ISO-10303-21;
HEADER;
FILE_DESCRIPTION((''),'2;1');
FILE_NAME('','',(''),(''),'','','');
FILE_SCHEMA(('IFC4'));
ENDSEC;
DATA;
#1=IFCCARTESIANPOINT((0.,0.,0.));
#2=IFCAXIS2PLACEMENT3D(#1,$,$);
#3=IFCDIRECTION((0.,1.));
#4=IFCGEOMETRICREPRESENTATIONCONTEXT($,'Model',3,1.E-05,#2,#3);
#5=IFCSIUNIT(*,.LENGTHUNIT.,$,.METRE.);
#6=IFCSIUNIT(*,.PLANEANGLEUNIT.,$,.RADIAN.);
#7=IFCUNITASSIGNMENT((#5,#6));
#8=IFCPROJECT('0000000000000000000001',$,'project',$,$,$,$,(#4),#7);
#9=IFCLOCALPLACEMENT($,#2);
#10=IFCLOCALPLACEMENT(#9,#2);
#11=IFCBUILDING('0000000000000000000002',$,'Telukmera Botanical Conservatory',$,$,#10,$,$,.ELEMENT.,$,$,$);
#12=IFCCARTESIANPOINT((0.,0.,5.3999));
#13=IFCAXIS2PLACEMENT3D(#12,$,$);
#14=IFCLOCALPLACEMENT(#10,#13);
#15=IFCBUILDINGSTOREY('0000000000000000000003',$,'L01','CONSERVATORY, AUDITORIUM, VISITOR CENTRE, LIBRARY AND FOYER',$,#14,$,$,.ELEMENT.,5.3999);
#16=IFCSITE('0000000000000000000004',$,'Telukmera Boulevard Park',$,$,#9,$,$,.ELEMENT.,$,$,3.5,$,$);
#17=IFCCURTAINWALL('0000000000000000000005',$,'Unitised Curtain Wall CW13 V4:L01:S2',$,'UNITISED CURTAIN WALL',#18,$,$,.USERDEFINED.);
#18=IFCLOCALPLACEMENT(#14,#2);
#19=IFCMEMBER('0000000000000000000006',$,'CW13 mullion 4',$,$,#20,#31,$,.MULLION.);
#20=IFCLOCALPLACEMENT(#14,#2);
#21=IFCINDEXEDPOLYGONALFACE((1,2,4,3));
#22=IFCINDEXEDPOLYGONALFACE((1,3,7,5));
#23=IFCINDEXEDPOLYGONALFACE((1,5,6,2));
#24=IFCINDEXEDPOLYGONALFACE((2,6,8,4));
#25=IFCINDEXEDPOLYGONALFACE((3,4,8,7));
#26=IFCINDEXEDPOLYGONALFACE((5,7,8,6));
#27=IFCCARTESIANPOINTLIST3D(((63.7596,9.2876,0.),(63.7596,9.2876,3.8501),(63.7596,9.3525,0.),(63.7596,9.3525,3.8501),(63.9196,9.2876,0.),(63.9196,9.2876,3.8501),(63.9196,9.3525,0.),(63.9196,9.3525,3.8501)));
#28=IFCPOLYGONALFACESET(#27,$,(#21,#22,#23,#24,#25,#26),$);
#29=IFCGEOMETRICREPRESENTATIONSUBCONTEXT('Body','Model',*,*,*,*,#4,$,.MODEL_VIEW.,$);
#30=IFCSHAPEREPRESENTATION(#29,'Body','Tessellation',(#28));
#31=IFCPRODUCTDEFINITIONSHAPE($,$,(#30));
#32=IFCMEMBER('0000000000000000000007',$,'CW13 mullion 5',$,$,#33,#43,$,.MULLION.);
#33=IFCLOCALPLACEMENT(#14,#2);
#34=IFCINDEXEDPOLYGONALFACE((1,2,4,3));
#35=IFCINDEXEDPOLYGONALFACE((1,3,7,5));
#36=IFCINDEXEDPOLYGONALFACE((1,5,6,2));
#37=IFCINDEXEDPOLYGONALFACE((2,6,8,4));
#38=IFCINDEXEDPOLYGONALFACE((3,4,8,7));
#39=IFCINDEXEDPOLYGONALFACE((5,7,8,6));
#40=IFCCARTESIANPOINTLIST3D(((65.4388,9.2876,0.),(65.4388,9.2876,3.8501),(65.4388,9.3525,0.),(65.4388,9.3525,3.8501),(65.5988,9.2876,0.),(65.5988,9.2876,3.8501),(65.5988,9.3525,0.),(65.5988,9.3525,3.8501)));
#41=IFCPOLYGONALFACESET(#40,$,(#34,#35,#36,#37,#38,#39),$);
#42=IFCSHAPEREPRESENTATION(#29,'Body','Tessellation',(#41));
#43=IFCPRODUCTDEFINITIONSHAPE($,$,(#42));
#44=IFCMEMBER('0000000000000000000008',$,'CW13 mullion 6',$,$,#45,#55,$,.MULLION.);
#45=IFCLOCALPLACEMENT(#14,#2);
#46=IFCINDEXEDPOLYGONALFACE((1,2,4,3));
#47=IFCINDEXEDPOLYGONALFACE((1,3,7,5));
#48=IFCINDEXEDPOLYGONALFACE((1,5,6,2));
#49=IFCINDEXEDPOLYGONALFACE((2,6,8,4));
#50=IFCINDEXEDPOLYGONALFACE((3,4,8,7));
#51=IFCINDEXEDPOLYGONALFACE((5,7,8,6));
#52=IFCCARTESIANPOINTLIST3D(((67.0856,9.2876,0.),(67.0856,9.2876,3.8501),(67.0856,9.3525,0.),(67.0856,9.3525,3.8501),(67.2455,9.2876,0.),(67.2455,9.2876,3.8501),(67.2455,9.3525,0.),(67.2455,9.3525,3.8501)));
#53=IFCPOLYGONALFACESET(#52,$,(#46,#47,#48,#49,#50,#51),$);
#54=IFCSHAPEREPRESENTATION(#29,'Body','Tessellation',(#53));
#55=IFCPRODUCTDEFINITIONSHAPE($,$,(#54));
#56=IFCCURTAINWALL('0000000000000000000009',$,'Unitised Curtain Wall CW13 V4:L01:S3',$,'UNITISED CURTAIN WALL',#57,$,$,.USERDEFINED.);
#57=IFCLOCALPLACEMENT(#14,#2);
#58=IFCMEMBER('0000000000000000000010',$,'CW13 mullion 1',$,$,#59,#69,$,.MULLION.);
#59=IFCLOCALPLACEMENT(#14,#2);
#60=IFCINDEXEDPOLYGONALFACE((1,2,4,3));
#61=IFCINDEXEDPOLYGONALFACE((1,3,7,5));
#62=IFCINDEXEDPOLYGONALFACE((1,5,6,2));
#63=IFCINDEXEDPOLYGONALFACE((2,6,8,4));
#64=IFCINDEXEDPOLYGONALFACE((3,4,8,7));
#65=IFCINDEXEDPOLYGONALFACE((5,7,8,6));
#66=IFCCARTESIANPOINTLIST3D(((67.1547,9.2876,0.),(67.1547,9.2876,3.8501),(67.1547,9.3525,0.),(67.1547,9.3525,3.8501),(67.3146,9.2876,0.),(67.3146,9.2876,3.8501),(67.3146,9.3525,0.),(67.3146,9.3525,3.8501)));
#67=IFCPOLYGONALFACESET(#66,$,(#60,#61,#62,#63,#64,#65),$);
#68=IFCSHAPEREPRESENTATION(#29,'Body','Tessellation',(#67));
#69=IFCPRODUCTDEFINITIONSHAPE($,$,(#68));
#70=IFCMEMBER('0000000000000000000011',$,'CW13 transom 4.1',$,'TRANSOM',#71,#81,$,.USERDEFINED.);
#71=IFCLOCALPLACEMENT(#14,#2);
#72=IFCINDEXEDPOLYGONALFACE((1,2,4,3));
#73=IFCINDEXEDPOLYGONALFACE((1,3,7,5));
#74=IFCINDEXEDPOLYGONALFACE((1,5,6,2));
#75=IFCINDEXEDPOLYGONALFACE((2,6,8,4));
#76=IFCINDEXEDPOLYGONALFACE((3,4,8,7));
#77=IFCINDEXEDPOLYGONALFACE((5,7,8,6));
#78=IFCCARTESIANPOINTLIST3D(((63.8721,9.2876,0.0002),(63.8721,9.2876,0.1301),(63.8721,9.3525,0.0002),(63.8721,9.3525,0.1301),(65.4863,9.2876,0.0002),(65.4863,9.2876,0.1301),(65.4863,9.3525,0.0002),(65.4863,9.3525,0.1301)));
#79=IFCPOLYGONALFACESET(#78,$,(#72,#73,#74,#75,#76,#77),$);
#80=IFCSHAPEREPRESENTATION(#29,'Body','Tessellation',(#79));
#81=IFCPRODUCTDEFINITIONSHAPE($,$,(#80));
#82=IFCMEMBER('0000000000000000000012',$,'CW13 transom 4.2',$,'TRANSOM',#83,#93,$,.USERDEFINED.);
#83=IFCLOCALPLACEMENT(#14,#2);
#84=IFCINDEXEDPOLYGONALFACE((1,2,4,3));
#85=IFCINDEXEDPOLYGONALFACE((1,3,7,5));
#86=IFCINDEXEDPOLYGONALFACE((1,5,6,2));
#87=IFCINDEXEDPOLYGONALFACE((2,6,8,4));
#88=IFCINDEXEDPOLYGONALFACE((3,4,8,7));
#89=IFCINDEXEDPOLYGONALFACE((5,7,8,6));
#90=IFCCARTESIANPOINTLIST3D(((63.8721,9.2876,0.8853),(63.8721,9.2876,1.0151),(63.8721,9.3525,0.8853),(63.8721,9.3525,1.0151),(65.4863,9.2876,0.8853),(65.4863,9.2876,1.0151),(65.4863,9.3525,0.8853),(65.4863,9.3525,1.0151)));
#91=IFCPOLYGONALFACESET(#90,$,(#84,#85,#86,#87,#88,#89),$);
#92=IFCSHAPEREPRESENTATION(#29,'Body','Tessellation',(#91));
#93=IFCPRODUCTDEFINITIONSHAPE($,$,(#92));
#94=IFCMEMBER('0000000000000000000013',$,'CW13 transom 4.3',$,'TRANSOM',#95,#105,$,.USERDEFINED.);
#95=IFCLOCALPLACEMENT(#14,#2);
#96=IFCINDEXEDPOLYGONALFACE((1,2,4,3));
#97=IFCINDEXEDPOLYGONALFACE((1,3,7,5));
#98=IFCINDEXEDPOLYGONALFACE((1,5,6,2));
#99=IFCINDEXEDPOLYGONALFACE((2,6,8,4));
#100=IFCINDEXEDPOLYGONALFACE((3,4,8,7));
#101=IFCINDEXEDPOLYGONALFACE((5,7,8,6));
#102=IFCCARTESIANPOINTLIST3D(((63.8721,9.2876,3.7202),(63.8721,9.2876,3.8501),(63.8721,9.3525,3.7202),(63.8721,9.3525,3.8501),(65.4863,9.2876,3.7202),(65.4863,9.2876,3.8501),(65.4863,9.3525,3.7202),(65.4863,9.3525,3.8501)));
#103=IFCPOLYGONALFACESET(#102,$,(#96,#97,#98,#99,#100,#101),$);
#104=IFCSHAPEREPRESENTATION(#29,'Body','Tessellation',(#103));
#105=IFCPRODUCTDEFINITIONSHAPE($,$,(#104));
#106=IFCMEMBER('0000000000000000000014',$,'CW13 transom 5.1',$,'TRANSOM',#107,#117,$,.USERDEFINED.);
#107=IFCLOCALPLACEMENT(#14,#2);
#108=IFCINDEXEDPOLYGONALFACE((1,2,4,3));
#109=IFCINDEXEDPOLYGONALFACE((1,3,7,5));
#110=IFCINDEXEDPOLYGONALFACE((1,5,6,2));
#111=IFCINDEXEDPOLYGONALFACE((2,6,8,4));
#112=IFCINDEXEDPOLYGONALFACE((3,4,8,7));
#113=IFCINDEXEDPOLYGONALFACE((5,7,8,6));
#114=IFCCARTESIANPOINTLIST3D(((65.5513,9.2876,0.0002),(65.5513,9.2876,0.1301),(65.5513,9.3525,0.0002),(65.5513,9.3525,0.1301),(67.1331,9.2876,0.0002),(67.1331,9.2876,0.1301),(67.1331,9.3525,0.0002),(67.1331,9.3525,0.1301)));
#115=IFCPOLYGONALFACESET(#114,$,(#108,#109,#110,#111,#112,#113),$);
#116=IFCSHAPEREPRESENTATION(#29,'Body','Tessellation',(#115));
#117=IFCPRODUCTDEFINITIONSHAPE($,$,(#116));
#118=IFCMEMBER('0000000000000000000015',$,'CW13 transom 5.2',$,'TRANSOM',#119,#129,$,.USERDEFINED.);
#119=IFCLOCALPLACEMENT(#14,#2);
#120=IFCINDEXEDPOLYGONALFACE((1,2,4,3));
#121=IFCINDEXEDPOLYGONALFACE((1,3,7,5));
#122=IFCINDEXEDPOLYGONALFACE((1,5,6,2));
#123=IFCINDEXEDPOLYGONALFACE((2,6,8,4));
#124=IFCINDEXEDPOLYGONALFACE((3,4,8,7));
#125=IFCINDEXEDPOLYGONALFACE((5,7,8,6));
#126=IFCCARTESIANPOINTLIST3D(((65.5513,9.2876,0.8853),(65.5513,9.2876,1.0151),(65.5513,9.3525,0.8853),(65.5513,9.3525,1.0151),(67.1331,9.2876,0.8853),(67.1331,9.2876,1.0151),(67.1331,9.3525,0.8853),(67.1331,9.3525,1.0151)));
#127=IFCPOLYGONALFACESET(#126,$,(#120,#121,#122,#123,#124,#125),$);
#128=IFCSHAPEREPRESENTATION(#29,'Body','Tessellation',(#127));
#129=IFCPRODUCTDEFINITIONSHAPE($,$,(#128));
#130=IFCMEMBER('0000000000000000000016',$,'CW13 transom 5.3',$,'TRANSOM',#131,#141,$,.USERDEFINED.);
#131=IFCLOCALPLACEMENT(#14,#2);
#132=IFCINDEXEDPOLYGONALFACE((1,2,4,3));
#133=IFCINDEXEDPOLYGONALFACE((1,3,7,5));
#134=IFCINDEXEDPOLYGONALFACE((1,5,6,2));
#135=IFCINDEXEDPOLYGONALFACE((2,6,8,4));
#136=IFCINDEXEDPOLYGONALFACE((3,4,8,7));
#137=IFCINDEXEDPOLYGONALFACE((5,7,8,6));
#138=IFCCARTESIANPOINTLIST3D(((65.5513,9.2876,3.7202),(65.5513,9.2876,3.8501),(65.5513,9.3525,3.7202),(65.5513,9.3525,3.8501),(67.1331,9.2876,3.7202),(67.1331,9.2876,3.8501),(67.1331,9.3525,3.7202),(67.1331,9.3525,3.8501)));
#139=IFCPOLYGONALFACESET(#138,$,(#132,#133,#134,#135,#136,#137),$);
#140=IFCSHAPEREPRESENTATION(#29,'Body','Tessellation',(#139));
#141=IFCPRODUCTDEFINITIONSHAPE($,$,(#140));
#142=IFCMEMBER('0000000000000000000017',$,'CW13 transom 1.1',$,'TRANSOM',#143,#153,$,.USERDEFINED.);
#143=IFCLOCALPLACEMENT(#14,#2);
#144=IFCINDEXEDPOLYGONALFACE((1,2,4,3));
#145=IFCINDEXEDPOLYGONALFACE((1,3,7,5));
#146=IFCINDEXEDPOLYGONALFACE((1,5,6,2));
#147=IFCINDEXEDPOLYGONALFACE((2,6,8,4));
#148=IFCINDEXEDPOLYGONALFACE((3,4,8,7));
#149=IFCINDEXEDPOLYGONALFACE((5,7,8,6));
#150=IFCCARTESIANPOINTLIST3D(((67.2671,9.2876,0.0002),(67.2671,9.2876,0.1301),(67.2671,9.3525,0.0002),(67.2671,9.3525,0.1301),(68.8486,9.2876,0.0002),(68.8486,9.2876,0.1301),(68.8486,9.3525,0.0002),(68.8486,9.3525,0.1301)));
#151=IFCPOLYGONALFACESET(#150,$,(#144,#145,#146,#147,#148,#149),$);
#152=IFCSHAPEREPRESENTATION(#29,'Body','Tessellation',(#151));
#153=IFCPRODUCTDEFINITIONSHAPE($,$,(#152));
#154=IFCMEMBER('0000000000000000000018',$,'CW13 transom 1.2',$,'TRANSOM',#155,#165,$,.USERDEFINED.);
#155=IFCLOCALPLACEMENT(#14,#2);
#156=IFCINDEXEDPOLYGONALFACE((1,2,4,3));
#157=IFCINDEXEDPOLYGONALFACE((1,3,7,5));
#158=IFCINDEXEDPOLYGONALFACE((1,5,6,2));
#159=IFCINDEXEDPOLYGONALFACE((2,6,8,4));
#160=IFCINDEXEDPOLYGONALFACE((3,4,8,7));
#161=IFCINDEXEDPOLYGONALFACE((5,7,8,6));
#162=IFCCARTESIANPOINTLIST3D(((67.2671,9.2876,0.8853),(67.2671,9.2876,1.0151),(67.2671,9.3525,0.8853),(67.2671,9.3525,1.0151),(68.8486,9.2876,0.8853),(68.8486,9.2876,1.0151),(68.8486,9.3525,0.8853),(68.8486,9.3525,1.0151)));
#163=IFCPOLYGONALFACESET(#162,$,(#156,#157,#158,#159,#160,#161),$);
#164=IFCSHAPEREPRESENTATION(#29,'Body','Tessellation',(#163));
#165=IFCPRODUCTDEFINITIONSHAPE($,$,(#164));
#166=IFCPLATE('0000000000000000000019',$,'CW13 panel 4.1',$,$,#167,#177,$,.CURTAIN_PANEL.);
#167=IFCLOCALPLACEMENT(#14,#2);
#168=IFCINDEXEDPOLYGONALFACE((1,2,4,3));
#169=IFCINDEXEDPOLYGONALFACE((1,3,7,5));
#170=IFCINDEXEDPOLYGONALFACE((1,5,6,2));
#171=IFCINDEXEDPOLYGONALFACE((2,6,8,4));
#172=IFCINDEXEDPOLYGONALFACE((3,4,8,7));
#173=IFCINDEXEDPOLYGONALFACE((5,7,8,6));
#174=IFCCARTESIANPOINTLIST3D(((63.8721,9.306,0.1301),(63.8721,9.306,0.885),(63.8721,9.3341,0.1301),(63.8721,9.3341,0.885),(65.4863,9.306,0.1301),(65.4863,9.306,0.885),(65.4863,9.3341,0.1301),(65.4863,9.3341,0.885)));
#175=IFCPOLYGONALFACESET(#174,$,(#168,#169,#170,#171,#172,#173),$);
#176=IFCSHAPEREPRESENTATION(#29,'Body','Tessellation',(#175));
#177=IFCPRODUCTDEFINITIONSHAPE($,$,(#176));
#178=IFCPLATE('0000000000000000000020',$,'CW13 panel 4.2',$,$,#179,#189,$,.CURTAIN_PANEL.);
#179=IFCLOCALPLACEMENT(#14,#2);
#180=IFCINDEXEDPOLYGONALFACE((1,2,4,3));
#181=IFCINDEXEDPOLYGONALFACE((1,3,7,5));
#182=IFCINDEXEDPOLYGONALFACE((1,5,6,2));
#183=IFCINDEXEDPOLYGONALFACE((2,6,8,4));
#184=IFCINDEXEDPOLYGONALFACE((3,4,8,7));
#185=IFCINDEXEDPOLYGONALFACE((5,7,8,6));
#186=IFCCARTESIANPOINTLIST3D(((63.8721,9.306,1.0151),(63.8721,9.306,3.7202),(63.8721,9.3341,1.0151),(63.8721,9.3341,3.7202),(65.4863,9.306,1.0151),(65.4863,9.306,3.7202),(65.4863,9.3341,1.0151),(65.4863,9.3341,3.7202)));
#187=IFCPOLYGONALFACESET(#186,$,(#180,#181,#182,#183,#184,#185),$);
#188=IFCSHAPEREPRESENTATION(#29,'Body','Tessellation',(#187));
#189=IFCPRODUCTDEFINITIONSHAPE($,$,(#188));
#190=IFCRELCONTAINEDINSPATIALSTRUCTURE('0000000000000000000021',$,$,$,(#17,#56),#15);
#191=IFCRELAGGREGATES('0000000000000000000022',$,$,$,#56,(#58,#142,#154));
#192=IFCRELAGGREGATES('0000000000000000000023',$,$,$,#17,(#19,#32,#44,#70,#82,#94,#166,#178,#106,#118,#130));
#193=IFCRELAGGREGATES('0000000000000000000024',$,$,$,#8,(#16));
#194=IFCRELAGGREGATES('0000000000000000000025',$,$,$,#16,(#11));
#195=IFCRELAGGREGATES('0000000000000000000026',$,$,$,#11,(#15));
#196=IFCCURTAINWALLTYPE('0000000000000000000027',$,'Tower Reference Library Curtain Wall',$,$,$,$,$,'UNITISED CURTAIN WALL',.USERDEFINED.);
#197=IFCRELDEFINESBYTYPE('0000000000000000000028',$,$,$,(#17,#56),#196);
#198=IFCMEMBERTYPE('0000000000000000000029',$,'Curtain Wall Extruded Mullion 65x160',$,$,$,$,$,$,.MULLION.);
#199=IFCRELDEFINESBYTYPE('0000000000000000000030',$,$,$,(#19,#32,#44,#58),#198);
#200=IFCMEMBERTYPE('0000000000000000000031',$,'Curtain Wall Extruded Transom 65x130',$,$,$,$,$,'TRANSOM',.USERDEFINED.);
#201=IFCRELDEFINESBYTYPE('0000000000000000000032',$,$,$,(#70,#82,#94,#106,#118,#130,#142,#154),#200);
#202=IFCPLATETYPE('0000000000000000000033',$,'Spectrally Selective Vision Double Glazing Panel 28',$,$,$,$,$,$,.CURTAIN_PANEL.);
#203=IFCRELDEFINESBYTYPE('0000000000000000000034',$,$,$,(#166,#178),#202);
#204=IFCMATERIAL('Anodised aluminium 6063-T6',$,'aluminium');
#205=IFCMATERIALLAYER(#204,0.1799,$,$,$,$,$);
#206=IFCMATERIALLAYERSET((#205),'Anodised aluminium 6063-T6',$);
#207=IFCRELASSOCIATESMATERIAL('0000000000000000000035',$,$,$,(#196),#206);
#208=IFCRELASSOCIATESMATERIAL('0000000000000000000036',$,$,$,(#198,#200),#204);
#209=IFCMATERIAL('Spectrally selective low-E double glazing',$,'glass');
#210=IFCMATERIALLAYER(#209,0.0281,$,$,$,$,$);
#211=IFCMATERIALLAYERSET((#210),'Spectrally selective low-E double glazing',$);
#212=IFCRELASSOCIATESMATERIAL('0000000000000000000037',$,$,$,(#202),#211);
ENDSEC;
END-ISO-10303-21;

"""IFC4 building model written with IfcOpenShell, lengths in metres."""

from ifc_helpers import new_model, si_unit, direction, frame, origin, origin_2d, place, context, subcontext, project, spatial, rectangle, extrude, material, layer, layer_set, material_profile, profile_set, type_object, element, aggregate, save


model = new_model("IFC4")

# Units and contexts
model_context = context("Model", 3, precision=1e-05, world=origin(), true_north=direction((0.0, 1.0)))
body_context = subcontext(model_context, "Body", "Model", "MODEL_VIEW")
ifc_project = project(units=[si_unit("LENGTHUNIT", "METRE"), si_unit("PLANEANGLEUNIT", "RADIAN")], contexts=[model_context])

# Site, building, storey
site_placement = place(None, origin())
site = spatial("IfcSite", under=ifc_project, at=site_placement, Name="Telukmera Boulevard Park", CompositionType="ELEMENT", RefElevation=3.5)
building_placement = place(site_placement, origin())
building = spatial("IfcBuilding", under=site, at=building_placement, Name="Telukmera Botanical Conservatory", CompositionType="ELEMENT")
storey_placement = place(building_placement, frame((0.0, 0.0, 5.3999)))
storey = spatial("IfcBuildingStorey", under=building, at=storey_placement, Name="L01", Description="CONSERVATORY, AUDITORIUM, VISITOR CENTRE, LIBRARY AND FOYER", CompositionType="ELEMENT", Elevation=5.3999)

# Curtain wall, members
ifc_material_1 = material(Name="Anodised aluminium 6063-T6", Category="aluminium")
ifc_layer_1 = layer(ifc_material_1, 0.1799)
ifc_layer_set_1 = layer_set([ifc_layer_1], Name="Anodised aluminium 6063-T6")
curtain_wall_type = type_object("IfcCurtainWallType", Name="Tower Reference Library Curtain Wall", ElementType="UNITISED CURTAIN WALL", PredefinedType="USERDEFINED", material=ifc_layer_set_1)
curtain_wall_1_placement = place(storey_placement, origin())
curtain_wall_1 = element("IfcCurtainWall", 1, at=curtain_wall_1_placement, inside=storey, type_object=curtain_wall_type, Name="Unitised Curtain Wall CW13 V4:L01:S2", ObjectType="UNITISED CURTAIN WALL", PredefinedType="USERDEFINED")
ifc_material_profile_1 = material_profile(ifc_material_1, rectangle(XDim=0.0649, YDim=0.1599, at=origin_2d()), Name="ALU MULL 65x160")
ifc_profile_set_1 = profile_set([ifc_material_profile_1], Name="Anodised aluminium 6063-T6")
member_type_1 = type_object("IfcMemberType", Name="Curtain Wall Extruded Mullion 65x160", PredefinedType="MULLION", material=ifc_profile_set_1)
member_1_placement = place(storey_placement, frame((63.8396, 9.3201, 0.0), z_axis=(0.0, 0.0, 1.0), x_axis=(0.0, 1.0, 0.0)))
member_1 = element("IfcMember", 2, at=member_1_placement, type_object=member_type_1, Name="CW13 mullion 4", PredefinedType="MULLION", context=body_context, shape_type="SweptSolid", body=[
    extrude(rectangle(XDim=0.0649, YDim=0.1599, at=origin_2d()), origin(), (0.0, 0.0, 1.0), 3.8501),
])
member_2_placement = place(storey_placement, frame((65.5188, 9.3201, 0.0), z_axis=(0.0, 0.0, 1.0), x_axis=(0.0, 1.0, 0.0)))
member_2 = element("IfcMember", 3, at=member_2_placement, type_object=member_type_1, Name="CW13 mullion 5", PredefinedType="MULLION", context=body_context, shape_type="SweptSolid", body=[
    extrude(rectangle(XDim=0.0649, YDim=0.1599, at=origin_2d()), origin(), (0.0, 0.0, 1.0), 3.8501),
])
member_3_placement = place(storey_placement, frame((67.1655, 9.3201, 0.0), z_axis=(0.0, 0.0, 1.0), x_axis=(0.0, 1.0, 0.0)))
member_3 = element("IfcMember", 4, at=member_3_placement, type_object=member_type_1, Name="CW13 mullion 6", PredefinedType="MULLION", context=body_context, shape_type="SweptSolid", body=[
    extrude(rectangle(XDim=0.0649, YDim=0.1599, at=origin_2d()), origin(), (0.0, 0.0, 1.0), 3.8501),
])

# Curtain wall, member
curtain_wall_2_placement = place(storey_placement, origin())
curtain_wall_2 = element("IfcCurtainWall", 5, at=curtain_wall_2_placement, inside=storey, type_object=curtain_wall_type, Name="Unitised Curtain Wall CW13 V4:L01:S3", ObjectType="UNITISED CURTAIN WALL", PredefinedType="USERDEFINED")
member_4_placement = place(storey_placement, frame((67.2346, 9.3201, 0.0), z_axis=(0.0, 0.0, 1.0), x_axis=(0.0, 1.0, 0.0)))
member_4 = element("IfcMember", 6, at=member_4_placement, type_object=member_type_1, Name="CW13 mullion 1", PredefinedType="MULLION", context=body_context, shape_type="SweptSolid", body=[
    extrude(rectangle(XDim=0.0649, YDim=0.1599, at=origin_2d()), origin(), (0.0, 0.0, 1.0), 3.8501),
])

# Members
ifc_material_profile_2 = material_profile(ifc_material_1, rectangle(XDim=0.0649, YDim=0.1299, at=origin_2d()), Name="ALU TRAN 65x130")
ifc_profile_set_2 = profile_set([ifc_material_profile_2], Name="Anodised aluminium 6063-T6")
member_type_2 = type_object("IfcMemberType", Name="Curtain Wall Extruded Transom 65x130", ElementType="TRANSOM", PredefinedType="USERDEFINED", material=ifc_profile_set_2)
member_5_placement = place(storey_placement, frame((63.8721, 9.3201, 0.0652), z_axis=(1.0, 0.0, 0.0), x_axis=(0.0, 1.0, 0.0)))
member_5 = element("IfcMember", 7, at=member_5_placement, type_object=member_type_2, Name="CW13 transom 4.1", ObjectType="TRANSOM", PredefinedType="USERDEFINED", context=body_context, shape_type="SweptSolid", body=[
    extrude(rectangle(XDim=0.0649, YDim=0.1299, at=origin_2d()), origin(), (0.0, 0.0, 1.0), 1.6143),
])
member_6_placement = place(storey_placement, frame((63.8721, 9.3201, 0.9502), z_axis=(1.0, 0.0, 0.0), x_axis=(0.0, 1.0, 0.0)))
member_6 = element("IfcMember", 8, at=member_6_placement, type_object=member_type_2, Name="CW13 transom 4.2", ObjectType="TRANSOM", PredefinedType="USERDEFINED", context=body_context, shape_type="SweptSolid", body=[
    extrude(rectangle(XDim=0.0649, YDim=0.1299, at=origin_2d()), origin(), (0.0, 0.0, 1.0), 1.6143),
])
member_7_placement = place(storey_placement, frame((63.8721, 9.3201, 3.7852), z_axis=(1.0, 0.0, 0.0), x_axis=(0.0, 1.0, 0.0)))
member_7 = element("IfcMember", 9, at=member_7_placement, type_object=member_type_2, Name="CW13 transom 4.3", ObjectType="TRANSOM", PredefinedType="USERDEFINED", context=body_context, shape_type="SweptSolid", body=[
    extrude(rectangle(XDim=0.0649, YDim=0.1299, at=origin_2d()), origin(), (0.0, 0.0, 1.0), 1.6143),
])
member_8_placement = place(storey_placement, frame((65.5513, 9.3201, 0.0652), z_axis=(1.0, 0.0, 0.0), x_axis=(0.0, 1.0, 0.0)))
member_8 = element("IfcMember", 10, at=member_8_placement, type_object=member_type_2, Name="CW13 transom 5.1", ObjectType="TRANSOM", PredefinedType="USERDEFINED", context=body_context, shape_type="SweptSolid", body=[
    extrude(rectangle(XDim=0.0649, YDim=0.1299, at=origin_2d()), origin(), (0.0, 0.0, 1.0), 1.5818),
])
member_9_placement = place(storey_placement, frame((65.5513, 9.3201, 0.9502), z_axis=(1.0, 0.0, 0.0), x_axis=(0.0, 1.0, 0.0)))
member_9 = element("IfcMember", 11, at=member_9_placement, type_object=member_type_2, Name="CW13 transom 5.2", ObjectType="TRANSOM", PredefinedType="USERDEFINED", context=body_context, shape_type="SweptSolid", body=[
    extrude(rectangle(XDim=0.0649, YDim=0.1299, at=origin_2d()), origin(), (0.0, 0.0, 1.0), 1.5818),
])
member_10_placement = place(storey_placement, frame((65.5513, 9.3201, 3.7852), z_axis=(1.0, 0.0, 0.0), x_axis=(0.0, 1.0, 0.0)))
member_10 = element("IfcMember", 12, at=member_10_placement, type_object=member_type_2, Name="CW13 transom 5.3", ObjectType="TRANSOM", PredefinedType="USERDEFINED", context=body_context, shape_type="SweptSolid", body=[
    extrude(rectangle(XDim=0.0649, YDim=0.1299, at=origin_2d()), origin(), (0.0, 0.0, 1.0), 1.5818),
])
member_11_placement = place(storey_placement, frame((67.2671, 9.3201, 0.0652), z_axis=(1.0, 0.0, 0.0), x_axis=(0.0, 1.0, 0.0)))
member_11 = element("IfcMember", 13, at=member_11_placement, type_object=member_type_2, Name="CW13 transom 1.1", ObjectType="TRANSOM", PredefinedType="USERDEFINED", context=body_context, shape_type="SweptSolid", body=[
    extrude(rectangle(XDim=0.0649, YDim=0.1299, at=origin_2d()), origin(), (0.0, 0.0, 1.0), 1.5815),
])
member_12_placement = place(storey_placement, frame((67.2671, 9.3201, 0.9502), z_axis=(1.0, 0.0, 0.0), x_axis=(0.0, 1.0, 0.0)))
member_12 = element("IfcMember", 14, at=member_12_placement, type_object=member_type_2, Name="CW13 transom 1.2", ObjectType="TRANSOM", PredefinedType="USERDEFINED", context=body_context, shape_type="SweptSolid", body=[
    extrude(rectangle(XDim=0.0649, YDim=0.1299, at=origin_2d()), origin(), (0.0, 0.0, 1.0), 1.5815),
])
aggregate(curtain_wall_2, [member_4, member_11, member_12])

# Plates
ifc_material_2 = material(Name="Spectrally selective low-E double glazing", Category="glass")
ifc_layer_2 = layer(ifc_material_2, 0.0281)
ifc_layer_set_2 = layer_set([ifc_layer_2], Name="Spectrally selective low-E double glazing")
plate_type = type_object("IfcPlateType", Name="Spectrally Selective Vision Double Glazing Panel 28", PredefinedType="CURTAIN_PANEL", material=ifc_layer_set_2)
plate_1_placement = place(storey_placement, frame((64.6792, 9.3201, 0.1301), z_axis=(0.0, 0.0, 1.0), x_axis=(1.0, 0.0, 0.0)))
plate_1 = element("IfcPlate", 15, at=plate_1_placement, type_object=plate_type, Name="CW13 panel 4.1", PredefinedType="CURTAIN_PANEL", context=body_context, shape_type="SweptSolid", body=[
    extrude(rectangle(XDim=1.6143, YDim=0.0281, at=origin_2d()), origin(), (0.0, 0.0, 1.0), 0.7549),
])
plate_2_placement = place(storey_placement, frame((64.6792, 9.3201, 1.0151), z_axis=(0.0, 0.0, 1.0), x_axis=(1.0, 0.0, 0.0)))
plate_2 = element("IfcPlate", 16, at=plate_2_placement, type_object=plate_type, Name="CW13 panel 4.2", PredefinedType="CURTAIN_PANEL", context=body_context, shape_type="SweptSolid", body=[
    extrude(rectangle(XDim=1.6143, YDim=0.0281, at=origin_2d()), origin(), (0.0, 0.0, 1.0), 2.7051),
])
aggregate(curtain_wall_1, [member_1, member_2, member_3, member_5, member_6, member_7, plate_1, plate_2, member_8, member_9, member_10])

save(model, "model.ifc")
